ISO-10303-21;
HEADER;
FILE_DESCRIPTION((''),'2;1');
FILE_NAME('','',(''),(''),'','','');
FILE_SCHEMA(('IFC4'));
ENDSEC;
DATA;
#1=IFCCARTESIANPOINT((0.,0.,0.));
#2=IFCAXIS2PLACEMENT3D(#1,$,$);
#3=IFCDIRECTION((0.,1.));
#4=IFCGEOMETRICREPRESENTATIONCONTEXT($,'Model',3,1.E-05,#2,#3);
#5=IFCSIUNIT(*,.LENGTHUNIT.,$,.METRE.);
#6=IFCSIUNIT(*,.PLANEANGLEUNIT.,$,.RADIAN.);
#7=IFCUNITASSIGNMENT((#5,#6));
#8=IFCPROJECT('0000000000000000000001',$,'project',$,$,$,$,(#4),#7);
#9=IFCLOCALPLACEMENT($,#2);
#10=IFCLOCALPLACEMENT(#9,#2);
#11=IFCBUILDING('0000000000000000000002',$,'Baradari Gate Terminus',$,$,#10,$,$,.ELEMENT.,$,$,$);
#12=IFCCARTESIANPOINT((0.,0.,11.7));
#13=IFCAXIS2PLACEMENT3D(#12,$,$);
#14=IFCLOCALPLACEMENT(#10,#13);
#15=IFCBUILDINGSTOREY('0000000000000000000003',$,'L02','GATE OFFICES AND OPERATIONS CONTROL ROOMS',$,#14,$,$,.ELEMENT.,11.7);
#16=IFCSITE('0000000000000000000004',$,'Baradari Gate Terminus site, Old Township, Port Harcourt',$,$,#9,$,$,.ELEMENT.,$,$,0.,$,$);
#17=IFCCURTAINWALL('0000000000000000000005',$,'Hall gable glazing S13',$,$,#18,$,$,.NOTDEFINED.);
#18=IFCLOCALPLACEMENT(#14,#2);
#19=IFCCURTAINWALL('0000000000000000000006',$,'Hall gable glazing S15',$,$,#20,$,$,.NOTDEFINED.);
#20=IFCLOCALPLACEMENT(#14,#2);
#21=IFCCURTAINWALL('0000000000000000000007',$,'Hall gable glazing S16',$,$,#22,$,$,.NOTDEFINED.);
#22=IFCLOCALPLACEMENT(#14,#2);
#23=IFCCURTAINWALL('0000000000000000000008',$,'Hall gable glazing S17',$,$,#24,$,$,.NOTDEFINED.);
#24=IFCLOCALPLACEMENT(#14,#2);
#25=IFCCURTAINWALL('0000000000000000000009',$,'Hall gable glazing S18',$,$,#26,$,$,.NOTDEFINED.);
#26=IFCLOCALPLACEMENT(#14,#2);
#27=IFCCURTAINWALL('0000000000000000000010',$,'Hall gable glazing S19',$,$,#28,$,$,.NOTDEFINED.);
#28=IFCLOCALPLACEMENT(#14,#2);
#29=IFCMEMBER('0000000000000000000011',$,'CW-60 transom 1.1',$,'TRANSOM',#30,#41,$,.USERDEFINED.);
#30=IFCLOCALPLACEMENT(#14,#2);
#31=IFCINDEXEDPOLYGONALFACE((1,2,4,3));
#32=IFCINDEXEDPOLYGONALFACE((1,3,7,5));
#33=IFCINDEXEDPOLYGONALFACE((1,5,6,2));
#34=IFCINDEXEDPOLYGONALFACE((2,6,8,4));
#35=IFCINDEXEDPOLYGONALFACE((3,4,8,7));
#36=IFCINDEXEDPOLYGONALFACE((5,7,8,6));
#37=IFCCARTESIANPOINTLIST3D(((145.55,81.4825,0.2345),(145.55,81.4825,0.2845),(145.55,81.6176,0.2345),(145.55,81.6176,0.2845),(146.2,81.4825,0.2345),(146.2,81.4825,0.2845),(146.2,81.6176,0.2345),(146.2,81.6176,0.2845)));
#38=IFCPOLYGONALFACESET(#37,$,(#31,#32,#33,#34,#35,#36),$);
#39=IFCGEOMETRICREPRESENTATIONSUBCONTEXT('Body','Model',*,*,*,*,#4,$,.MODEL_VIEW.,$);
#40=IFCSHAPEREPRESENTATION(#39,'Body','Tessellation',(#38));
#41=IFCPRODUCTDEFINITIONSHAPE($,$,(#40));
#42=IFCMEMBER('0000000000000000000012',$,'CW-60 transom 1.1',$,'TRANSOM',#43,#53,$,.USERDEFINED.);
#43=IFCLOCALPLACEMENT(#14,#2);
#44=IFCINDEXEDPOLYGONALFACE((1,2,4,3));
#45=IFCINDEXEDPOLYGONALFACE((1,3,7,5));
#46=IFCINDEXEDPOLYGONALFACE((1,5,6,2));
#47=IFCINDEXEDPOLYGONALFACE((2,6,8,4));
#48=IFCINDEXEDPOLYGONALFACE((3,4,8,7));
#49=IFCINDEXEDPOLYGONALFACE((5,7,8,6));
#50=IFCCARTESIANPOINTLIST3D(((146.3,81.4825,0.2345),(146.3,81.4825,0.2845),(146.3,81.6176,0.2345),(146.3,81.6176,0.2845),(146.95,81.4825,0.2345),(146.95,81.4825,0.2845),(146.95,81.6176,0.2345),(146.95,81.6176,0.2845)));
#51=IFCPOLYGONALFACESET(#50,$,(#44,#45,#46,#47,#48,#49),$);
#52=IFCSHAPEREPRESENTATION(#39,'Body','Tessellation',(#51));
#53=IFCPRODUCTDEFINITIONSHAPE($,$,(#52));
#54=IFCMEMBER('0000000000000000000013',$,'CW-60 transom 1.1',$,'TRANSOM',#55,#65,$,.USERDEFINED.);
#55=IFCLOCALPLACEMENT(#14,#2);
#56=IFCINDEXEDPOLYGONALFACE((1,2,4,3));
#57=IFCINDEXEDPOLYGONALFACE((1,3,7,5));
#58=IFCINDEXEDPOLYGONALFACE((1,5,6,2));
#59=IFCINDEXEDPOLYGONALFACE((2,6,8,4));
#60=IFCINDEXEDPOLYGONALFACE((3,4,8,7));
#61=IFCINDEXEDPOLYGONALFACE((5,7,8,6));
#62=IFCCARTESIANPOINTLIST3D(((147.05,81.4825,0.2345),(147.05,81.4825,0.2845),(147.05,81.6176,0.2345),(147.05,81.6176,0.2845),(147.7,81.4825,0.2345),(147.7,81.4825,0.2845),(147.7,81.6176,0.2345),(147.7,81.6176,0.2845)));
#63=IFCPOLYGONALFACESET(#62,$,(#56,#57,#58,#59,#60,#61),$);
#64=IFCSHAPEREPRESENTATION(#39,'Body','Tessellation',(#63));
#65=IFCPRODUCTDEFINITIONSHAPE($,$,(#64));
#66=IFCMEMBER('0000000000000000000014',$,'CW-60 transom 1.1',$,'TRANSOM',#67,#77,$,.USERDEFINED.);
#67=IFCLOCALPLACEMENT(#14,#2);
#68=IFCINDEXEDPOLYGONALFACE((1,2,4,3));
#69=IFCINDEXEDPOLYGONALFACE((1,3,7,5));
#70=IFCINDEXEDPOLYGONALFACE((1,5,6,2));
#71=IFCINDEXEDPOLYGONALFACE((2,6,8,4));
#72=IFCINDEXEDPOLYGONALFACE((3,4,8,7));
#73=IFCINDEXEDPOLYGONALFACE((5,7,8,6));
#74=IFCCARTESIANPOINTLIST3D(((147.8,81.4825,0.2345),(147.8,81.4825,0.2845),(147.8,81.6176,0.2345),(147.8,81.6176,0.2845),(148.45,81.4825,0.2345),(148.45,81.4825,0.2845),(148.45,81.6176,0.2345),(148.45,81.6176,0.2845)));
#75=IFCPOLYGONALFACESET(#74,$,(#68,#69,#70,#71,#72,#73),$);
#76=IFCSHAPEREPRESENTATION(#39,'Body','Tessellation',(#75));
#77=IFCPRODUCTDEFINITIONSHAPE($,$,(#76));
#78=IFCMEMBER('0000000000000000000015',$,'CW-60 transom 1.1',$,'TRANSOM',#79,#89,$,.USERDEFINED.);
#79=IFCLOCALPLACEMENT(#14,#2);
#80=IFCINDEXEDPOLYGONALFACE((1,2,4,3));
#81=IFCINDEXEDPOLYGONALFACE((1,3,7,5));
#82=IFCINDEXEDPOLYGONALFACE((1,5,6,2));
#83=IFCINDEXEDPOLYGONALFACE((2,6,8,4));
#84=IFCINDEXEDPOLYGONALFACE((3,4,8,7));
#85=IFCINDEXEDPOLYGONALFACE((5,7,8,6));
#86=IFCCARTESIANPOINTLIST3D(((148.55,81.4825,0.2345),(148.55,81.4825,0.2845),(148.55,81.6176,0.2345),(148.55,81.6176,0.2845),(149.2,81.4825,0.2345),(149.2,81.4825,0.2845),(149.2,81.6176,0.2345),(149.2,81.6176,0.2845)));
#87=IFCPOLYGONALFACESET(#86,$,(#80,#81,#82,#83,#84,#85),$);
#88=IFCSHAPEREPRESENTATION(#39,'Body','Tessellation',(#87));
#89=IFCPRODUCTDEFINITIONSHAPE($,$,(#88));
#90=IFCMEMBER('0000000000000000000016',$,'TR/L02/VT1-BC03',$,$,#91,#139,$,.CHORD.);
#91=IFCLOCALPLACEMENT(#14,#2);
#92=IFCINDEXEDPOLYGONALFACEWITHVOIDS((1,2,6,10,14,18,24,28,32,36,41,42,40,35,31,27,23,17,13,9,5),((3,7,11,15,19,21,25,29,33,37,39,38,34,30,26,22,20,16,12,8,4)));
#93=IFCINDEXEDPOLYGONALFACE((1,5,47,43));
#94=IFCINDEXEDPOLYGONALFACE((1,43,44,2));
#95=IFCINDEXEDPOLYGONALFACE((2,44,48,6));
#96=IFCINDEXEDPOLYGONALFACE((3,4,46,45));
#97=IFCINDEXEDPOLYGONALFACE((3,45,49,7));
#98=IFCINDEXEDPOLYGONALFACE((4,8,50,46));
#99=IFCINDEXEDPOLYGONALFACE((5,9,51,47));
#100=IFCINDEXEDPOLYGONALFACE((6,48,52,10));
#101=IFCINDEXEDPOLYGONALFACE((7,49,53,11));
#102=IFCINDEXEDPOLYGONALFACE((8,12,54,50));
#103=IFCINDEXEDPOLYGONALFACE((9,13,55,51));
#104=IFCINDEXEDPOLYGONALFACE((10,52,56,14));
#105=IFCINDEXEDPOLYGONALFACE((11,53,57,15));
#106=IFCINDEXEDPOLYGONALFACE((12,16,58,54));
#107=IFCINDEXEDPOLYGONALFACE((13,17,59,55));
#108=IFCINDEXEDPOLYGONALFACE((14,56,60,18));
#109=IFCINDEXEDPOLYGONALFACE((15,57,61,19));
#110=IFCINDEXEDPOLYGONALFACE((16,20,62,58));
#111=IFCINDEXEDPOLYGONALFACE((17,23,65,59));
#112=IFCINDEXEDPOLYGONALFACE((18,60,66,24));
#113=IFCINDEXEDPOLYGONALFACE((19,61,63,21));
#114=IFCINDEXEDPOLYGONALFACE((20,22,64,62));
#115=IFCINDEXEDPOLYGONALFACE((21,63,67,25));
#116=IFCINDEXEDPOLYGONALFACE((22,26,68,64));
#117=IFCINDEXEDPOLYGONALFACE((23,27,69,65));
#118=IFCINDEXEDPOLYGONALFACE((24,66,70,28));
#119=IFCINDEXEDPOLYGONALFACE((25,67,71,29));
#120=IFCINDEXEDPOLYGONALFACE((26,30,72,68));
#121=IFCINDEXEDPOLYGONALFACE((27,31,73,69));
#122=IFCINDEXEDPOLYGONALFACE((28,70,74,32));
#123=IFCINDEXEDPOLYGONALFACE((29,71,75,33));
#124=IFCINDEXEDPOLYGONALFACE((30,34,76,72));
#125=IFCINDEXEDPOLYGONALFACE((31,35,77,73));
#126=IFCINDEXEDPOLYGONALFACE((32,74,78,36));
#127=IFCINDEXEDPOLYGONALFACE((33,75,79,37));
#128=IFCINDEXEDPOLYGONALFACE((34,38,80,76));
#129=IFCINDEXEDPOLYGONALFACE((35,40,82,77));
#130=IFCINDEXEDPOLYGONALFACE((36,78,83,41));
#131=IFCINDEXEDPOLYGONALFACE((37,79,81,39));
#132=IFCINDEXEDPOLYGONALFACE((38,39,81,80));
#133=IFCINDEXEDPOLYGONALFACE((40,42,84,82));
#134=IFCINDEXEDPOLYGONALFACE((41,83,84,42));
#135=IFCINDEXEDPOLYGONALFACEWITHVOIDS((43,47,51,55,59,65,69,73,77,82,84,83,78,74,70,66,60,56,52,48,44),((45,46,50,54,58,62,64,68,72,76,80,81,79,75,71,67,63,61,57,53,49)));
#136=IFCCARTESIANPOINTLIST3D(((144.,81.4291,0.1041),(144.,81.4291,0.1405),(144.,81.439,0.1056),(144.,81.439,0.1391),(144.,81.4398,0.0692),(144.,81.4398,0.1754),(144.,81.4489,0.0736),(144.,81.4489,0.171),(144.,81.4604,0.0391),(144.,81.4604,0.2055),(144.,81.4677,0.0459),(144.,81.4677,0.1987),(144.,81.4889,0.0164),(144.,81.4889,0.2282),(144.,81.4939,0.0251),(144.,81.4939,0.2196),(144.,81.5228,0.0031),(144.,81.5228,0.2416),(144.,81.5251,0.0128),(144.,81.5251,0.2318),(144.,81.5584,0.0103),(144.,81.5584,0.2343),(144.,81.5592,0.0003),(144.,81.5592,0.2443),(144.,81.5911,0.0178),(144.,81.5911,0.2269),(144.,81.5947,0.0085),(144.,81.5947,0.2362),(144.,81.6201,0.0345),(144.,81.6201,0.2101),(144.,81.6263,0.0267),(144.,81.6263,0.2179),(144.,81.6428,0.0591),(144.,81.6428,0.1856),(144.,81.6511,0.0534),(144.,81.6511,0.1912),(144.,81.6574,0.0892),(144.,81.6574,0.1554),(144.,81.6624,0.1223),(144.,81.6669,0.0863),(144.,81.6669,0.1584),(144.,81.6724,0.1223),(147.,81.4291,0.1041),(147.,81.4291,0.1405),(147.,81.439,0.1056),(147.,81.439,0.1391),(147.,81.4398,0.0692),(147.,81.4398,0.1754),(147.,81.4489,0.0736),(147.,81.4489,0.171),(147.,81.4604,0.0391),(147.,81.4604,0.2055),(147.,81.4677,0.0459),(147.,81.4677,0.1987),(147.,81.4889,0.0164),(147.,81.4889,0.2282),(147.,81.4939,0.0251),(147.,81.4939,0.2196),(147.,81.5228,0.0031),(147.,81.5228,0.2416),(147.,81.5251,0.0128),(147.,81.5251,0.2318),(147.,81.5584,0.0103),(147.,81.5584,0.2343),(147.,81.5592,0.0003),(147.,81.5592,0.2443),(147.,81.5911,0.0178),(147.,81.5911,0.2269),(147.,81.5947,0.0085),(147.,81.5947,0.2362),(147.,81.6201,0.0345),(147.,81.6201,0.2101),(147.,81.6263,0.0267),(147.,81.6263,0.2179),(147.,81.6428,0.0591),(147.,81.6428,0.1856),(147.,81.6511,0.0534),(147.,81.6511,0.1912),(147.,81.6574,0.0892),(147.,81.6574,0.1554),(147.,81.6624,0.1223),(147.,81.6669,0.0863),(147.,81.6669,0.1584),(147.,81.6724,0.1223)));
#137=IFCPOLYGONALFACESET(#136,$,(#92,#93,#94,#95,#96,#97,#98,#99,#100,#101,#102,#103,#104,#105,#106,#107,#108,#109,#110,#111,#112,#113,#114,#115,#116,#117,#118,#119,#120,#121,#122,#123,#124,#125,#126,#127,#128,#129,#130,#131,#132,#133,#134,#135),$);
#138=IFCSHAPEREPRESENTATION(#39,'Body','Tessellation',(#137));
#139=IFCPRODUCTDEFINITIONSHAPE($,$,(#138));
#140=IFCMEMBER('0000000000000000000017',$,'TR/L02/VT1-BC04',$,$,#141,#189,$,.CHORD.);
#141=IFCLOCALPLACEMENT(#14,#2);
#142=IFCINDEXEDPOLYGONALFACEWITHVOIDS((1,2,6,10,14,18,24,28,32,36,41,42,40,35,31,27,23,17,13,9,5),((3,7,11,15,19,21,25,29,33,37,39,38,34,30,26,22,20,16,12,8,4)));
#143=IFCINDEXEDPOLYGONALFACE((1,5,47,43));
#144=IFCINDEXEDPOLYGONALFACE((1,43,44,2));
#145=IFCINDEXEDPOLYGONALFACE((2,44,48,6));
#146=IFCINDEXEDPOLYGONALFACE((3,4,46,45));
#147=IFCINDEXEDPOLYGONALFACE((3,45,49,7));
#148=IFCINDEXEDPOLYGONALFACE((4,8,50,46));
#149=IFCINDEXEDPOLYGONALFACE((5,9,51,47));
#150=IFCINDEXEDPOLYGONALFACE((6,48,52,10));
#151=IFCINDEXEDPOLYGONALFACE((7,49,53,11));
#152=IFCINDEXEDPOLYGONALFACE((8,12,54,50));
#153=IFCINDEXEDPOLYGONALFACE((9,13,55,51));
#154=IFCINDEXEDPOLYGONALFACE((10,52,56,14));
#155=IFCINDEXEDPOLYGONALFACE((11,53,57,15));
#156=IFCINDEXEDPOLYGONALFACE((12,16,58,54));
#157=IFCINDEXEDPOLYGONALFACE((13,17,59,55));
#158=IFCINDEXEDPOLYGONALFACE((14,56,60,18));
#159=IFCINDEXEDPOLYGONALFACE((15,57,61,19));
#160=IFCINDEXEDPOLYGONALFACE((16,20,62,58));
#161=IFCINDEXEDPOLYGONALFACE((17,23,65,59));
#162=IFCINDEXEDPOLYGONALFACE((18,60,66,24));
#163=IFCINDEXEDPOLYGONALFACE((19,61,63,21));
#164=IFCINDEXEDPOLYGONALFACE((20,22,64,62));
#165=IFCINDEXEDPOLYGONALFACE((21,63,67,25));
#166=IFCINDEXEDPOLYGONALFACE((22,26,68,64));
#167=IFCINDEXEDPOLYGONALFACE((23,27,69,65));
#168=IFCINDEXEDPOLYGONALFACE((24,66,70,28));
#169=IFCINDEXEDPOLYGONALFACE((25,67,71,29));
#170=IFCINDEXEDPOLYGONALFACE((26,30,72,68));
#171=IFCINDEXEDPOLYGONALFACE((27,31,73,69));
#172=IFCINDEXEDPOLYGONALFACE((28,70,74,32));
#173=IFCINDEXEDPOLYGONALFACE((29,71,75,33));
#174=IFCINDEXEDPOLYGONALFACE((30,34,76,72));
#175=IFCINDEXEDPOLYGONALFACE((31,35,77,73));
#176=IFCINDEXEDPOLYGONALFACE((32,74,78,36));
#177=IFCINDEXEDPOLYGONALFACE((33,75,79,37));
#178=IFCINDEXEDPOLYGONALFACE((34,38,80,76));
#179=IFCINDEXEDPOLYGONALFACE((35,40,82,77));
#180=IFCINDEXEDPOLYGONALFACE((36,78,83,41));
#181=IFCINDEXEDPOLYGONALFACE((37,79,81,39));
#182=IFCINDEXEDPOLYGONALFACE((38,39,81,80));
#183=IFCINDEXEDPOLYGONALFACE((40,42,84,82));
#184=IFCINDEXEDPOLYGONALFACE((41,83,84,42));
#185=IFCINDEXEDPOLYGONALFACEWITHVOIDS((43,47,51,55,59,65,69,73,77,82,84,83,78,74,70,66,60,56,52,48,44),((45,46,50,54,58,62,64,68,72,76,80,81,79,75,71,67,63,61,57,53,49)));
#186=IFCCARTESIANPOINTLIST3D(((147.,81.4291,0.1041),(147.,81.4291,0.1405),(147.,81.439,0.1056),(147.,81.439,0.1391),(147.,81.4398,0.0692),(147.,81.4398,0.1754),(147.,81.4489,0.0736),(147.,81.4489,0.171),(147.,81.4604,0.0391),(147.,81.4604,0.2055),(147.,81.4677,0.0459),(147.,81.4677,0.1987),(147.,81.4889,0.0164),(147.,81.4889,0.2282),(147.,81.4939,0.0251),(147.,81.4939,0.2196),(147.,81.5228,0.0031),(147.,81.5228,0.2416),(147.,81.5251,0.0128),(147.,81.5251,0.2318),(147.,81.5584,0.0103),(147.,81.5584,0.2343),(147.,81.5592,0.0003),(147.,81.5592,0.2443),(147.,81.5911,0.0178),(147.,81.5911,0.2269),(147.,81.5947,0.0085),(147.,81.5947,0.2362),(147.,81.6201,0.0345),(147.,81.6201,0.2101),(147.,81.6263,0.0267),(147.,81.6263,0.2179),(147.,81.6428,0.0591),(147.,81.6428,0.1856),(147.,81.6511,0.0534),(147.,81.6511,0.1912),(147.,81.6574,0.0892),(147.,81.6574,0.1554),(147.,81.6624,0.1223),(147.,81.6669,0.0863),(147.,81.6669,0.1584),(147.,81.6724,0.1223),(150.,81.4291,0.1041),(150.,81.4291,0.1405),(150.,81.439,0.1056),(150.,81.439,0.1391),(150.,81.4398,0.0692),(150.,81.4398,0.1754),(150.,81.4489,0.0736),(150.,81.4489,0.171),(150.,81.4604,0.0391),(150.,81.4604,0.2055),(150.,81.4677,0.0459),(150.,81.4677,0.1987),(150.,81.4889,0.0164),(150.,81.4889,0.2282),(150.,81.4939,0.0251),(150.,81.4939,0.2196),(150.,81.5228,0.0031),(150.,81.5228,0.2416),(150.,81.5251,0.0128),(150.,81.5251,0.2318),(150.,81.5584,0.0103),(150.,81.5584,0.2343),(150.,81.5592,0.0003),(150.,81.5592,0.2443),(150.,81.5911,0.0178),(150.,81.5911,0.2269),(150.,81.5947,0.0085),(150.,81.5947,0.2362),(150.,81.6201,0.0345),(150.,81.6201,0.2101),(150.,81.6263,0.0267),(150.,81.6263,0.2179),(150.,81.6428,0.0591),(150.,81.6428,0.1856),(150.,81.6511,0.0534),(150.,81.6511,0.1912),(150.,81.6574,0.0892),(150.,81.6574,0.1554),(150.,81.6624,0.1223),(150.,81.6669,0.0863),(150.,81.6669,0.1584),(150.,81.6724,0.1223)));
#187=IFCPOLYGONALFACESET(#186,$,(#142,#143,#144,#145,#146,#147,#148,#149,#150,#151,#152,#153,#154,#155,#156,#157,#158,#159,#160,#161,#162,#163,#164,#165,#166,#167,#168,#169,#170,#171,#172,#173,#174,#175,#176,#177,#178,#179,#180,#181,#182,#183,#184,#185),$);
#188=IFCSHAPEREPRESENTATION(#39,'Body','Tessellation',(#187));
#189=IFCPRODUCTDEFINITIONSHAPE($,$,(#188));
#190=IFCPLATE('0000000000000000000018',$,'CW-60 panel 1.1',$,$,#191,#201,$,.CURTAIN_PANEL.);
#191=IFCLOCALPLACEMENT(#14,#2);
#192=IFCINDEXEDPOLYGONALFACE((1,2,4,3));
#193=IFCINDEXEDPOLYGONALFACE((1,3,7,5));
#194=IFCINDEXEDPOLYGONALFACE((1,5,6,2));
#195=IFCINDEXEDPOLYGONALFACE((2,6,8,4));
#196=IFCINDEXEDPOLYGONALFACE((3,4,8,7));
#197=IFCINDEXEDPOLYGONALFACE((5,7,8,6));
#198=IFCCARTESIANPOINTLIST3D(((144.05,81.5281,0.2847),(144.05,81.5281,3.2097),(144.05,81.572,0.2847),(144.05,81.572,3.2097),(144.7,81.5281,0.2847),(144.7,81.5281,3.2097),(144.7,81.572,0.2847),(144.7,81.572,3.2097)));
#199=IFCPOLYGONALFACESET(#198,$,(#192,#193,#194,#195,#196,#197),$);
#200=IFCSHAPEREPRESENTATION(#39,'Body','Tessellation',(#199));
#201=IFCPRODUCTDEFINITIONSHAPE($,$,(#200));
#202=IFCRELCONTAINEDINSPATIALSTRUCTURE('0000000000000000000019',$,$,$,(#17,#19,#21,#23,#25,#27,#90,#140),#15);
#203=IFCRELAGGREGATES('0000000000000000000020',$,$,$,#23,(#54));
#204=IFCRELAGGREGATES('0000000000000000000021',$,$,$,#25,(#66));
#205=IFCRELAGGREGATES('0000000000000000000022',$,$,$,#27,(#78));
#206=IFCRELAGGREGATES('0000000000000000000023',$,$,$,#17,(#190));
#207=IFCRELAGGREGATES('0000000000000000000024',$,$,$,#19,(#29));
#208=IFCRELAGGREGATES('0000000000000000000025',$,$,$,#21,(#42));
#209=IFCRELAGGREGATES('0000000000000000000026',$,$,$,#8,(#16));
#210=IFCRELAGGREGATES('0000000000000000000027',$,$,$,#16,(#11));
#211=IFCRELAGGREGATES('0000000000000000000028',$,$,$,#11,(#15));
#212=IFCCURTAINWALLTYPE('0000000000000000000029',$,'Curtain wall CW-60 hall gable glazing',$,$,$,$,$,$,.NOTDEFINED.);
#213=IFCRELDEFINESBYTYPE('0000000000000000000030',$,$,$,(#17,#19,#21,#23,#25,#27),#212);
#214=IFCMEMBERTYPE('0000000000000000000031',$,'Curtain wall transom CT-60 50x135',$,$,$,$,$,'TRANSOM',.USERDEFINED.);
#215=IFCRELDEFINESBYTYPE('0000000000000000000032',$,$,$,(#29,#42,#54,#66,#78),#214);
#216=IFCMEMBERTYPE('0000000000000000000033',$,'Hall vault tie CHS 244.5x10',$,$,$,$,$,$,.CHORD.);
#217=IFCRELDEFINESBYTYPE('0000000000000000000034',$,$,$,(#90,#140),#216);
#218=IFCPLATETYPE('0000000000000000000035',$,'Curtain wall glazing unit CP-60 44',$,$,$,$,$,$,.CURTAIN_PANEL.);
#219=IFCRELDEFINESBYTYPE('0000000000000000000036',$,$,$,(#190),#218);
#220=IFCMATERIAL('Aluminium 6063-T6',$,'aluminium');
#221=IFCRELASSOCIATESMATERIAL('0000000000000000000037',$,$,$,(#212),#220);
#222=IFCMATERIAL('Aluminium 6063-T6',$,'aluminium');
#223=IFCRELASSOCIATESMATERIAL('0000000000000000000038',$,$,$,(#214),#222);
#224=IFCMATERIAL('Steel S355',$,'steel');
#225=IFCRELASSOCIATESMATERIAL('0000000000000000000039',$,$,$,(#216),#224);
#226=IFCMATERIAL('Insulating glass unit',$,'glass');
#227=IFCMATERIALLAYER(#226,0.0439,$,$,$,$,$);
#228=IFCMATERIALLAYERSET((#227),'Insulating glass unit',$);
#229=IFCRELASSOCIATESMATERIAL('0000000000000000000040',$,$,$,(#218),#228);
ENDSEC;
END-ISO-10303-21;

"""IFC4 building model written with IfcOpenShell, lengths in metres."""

from ifc_helpers import new_model, si_unit, direction, frame, origin, origin_2d, place, context, subcontext, project, spatial, rectangle, hollow_circle, extrude, material, layer, layer_set, material_profile, profile_set, type_object, element, aggregate, save


model = new_model("IFC4")

# Units and contexts
model_context = context("Model", 3, precision=1e-05, world=origin(), true_north=direction((0.0, 1.0)))
body_context = subcontext(model_context, "Body", "Model", "MODEL_VIEW")
ifc_project = project(units=[si_unit("LENGTHUNIT", "METRE"), si_unit("PLANEANGLEUNIT", "RADIAN")], contexts=[model_context])

# Site, building, storey
site_placement = place(None, origin())
site = spatial("IfcSite", under=ifc_project, at=site_placement, Name="Baradari Gate Terminus site, Old Township, Port Harcourt", CompositionType="ELEMENT", RefElevation=0.0)
building_placement = place(site_placement, origin())
building = spatial("IfcBuilding", under=site, at=building_placement, Name="Baradari Gate Terminus", CompositionType="ELEMENT")
storey_placement = place(building_placement, frame((0.0, 0.0, 11.7)))
storey = spatial("IfcBuildingStorey", under=building, at=storey_placement, Name="L02", Description="GATE OFFICES AND OPERATIONS CONTROL ROOMS", CompositionType="ELEMENT", Elevation=11.7)

# Curtain walls
ifc_material_1 = material(Name="Aluminium 6063-T6", Category="aluminium")
curtain_wall_type = type_object("IfcCurtainWallType", Name="Curtain wall CW-60 hall gable glazing", PredefinedType="NOTDEFINED", material=ifc_material_1)
curtain_wall_1_placement = place(storey_placement, origin())
curtain_wall_1 = element("IfcCurtainWall", 1, at=curtain_wall_1_placement, inside=storey, type_object=curtain_wall_type, Name="Hall gable glazing S13", PredefinedType="NOTDEFINED")
curtain_wall_2_placement = place(storey_placement, origin())
curtain_wall_2 = element("IfcCurtainWall", 2, at=curtain_wall_2_placement, inside=storey, type_object=curtain_wall_type, Name="Hall gable glazing S15", PredefinedType="NOTDEFINED")
curtain_wall_3_placement = place(storey_placement, origin())
curtain_wall_3 = element("IfcCurtainWall", 3, at=curtain_wall_3_placement, inside=storey, type_object=curtain_wall_type, Name="Hall gable glazing S16", PredefinedType="NOTDEFINED")
curtain_wall_4_placement = place(storey_placement, origin())
curtain_wall_4 = element("IfcCurtainWall", 4, at=curtain_wall_4_placement, inside=storey, type_object=curtain_wall_type, Name="Hall gable glazing S17", PredefinedType="NOTDEFINED")
curtain_wall_5_placement = place(storey_placement, origin())
curtain_wall_5 = element("IfcCurtainWall", 5, at=curtain_wall_5_placement, inside=storey, type_object=curtain_wall_type, Name="Hall gable glazing S18", PredefinedType="NOTDEFINED")

# Curtain wall
curtain_wall_6_placement = place(storey_placement, origin())
curtain_wall_6 = element("IfcCurtainWall", 6, at=curtain_wall_6_placement, inside=storey, type_object=curtain_wall_type, Name="Hall gable glazing S19", PredefinedType="NOTDEFINED")

# Members
ifc_material_2 = material(Name="Aluminium 6063-T6", Category="aluminium")
ifc_material_profile_1 = material_profile(ifc_material_2, rectangle(XDim=0.135, YDim=0.05, at=origin_2d()), Name="CT-60 50X135")
ifc_profile_set_1 = profile_set([ifc_material_profile_1], Name="Aluminium 6063-T6")
member_type_1 = type_object("IfcMemberType", Name="Curtain wall transom CT-60 50x135", ElementType="TRANSOM", PredefinedType="USERDEFINED", material=ifc_profile_set_1)
member_1_placement = place(storey_placement, frame((145.55, 81.55, 0.2595), z_axis=(1.0, 0.0, 0.0), x_axis=(0.0, 1.0, 0.0)))
member_1 = element("IfcMember", 7, at=member_1_placement, type_object=member_type_1, Name="CW-60 transom 1.1", ObjectType="TRANSOM", PredefinedType="USERDEFINED", context=body_context, shape_type="SweptSolid", body=[
    extrude(rectangle(XDim=0.135, YDim=0.05, at=origin_2d()), origin(), (0.0, 0.0, 1.0), 0.6499),
])
member_2_placement = place(storey_placement, frame((146.3, 81.55, 0.2595), z_axis=(1.0, 0.0, 0.0), x_axis=(0.0, 1.0, 0.0)))
member_2 = element("IfcMember", 8, at=member_2_placement, type_object=member_type_1, Name="CW-60 transom 1.1", ObjectType="TRANSOM", PredefinedType="USERDEFINED", context=body_context, shape_type="SweptSolid", body=[
    extrude(rectangle(XDim=0.135, YDim=0.05, at=origin_2d()), origin(), (0.0, 0.0, 1.0), 0.6499),
])
member_3_placement = place(storey_placement, frame((147.05, 81.55, 0.2595), z_axis=(1.0, 0.0, 0.0), x_axis=(0.0, 1.0, 0.0)))
member_3 = element("IfcMember", 9, at=member_3_placement, type_object=member_type_1, Name="CW-60 transom 1.1", ObjectType="TRANSOM", PredefinedType="USERDEFINED", context=body_context, shape_type="SweptSolid", body=[
    extrude(rectangle(XDim=0.135, YDim=0.05, at=origin_2d()), origin(), (0.0, 0.0, 1.0), 0.6499),
])
aggregate(curtain_wall_4, [member_3])
member_4_placement = place(storey_placement, frame((147.8, 81.55, 0.2595), z_axis=(1.0, 0.0, 0.0), x_axis=(0.0, 1.0, 0.0)))
member_4 = element("IfcMember", 10, at=member_4_placement, type_object=member_type_1, Name="CW-60 transom 1.1", ObjectType="TRANSOM", PredefinedType="USERDEFINED", context=body_context, shape_type="SweptSolid", body=[
    extrude(rectangle(XDim=0.135, YDim=0.05, at=origin_2d()), origin(), (0.0, 0.0, 1.0), 0.6499),
])
aggregate(curtain_wall_5, [member_4])
member_5_placement = place(storey_placement, frame((148.55, 81.55, 0.2595), z_axis=(1.0, 0.0, 0.0), x_axis=(0.0, 1.0, 0.0)))
member_5 = element("IfcMember", 11, at=member_5_placement, type_object=member_type_1, Name="CW-60 transom 1.1", ObjectType="TRANSOM", PredefinedType="USERDEFINED", context=body_context, shape_type="SweptSolid", body=[
    extrude(rectangle(XDim=0.135, YDim=0.05, at=origin_2d()), origin(), (0.0, 0.0, 1.0), 0.6499),
])
aggregate(curtain_wall_6, [member_5])

# Members
ifc_material_3 = material(Name="Steel S355", Category="steel")
ifc_material_profile_2 = material_profile(ifc_material_3, hollow_circle(Radius=0.1223, WallThickness=0.01, at=origin_2d()), Name="CHS 244.5x10")
ifc_profile_set_2 = profile_set([ifc_material_profile_2], Name="Steel S355")
member_type_2 = type_object("IfcMemberType", Name="Hall vault tie CHS 244.5x10", PredefinedType="CHORD", material=ifc_profile_set_2)
for number, where, z_axis, x_axis, name in (
    (12, (144.0, 81.55, 0.1223), (1.0, 0.0, 0.0), (0.0, 1.0, 0.0), "TR/L02/VT1-BC03"),
    (13, (147.0, 81.55, 0.1223), (1.0, 0.0, 0.0), (0.0, 1.0, 0.0), "TR/L02/VT1-BC04"),
):
    element("IfcMember", number, at=place(storey_placement, frame(where, z_axis=z_axis, x_axis=x_axis)), inside=storey, type_object=member_type_2, Name=name, PredefinedType="CHORD", context=body_context, shape_type="SweptSolid", body=[
        extrude(hollow_circle(Radius=0.1223, WallThickness=0.01, at=origin_2d()), origin(), (0.0, 0.0, 1.0), 3.0),
    ])

# Plate
ifc_material_4 = material(Name="Insulating glass unit", Category="glass")
ifc_layer = layer(ifc_material_4, 0.0439)
ifc_layer_set = layer_set([ifc_layer], Name="Insulating glass unit")
plate_type = type_object("IfcPlateType", Name="Curtain wall glazing unit CP-60 44", PredefinedType="CURTAIN_PANEL", material=ifc_layer_set)
plate_1_placement = place(storey_placement, frame((144.375, 81.55, 0.2847), z_axis=(0.0, 0.0, 1.0), x_axis=(1.0, 0.0, 0.0)))
plate_1 = element("IfcPlate", 14, at=plate_1_placement, type_object=plate_type, Name="CW-60 panel 1.1", PredefinedType="CURTAIN_PANEL", context=body_context, shape_type="SweptSolid", body=[
    extrude(rectangle(XDim=0.6499, YDim=0.0439, at=origin_2d()), origin(), (0.0, 0.0, 1.0), 2.925),
])
aggregate(curtain_wall_1, [plate_1])
aggregate(curtain_wall_2, [member_1])
aggregate(curtain_wall_3, [member_2])

save(model, "model.ifc")
